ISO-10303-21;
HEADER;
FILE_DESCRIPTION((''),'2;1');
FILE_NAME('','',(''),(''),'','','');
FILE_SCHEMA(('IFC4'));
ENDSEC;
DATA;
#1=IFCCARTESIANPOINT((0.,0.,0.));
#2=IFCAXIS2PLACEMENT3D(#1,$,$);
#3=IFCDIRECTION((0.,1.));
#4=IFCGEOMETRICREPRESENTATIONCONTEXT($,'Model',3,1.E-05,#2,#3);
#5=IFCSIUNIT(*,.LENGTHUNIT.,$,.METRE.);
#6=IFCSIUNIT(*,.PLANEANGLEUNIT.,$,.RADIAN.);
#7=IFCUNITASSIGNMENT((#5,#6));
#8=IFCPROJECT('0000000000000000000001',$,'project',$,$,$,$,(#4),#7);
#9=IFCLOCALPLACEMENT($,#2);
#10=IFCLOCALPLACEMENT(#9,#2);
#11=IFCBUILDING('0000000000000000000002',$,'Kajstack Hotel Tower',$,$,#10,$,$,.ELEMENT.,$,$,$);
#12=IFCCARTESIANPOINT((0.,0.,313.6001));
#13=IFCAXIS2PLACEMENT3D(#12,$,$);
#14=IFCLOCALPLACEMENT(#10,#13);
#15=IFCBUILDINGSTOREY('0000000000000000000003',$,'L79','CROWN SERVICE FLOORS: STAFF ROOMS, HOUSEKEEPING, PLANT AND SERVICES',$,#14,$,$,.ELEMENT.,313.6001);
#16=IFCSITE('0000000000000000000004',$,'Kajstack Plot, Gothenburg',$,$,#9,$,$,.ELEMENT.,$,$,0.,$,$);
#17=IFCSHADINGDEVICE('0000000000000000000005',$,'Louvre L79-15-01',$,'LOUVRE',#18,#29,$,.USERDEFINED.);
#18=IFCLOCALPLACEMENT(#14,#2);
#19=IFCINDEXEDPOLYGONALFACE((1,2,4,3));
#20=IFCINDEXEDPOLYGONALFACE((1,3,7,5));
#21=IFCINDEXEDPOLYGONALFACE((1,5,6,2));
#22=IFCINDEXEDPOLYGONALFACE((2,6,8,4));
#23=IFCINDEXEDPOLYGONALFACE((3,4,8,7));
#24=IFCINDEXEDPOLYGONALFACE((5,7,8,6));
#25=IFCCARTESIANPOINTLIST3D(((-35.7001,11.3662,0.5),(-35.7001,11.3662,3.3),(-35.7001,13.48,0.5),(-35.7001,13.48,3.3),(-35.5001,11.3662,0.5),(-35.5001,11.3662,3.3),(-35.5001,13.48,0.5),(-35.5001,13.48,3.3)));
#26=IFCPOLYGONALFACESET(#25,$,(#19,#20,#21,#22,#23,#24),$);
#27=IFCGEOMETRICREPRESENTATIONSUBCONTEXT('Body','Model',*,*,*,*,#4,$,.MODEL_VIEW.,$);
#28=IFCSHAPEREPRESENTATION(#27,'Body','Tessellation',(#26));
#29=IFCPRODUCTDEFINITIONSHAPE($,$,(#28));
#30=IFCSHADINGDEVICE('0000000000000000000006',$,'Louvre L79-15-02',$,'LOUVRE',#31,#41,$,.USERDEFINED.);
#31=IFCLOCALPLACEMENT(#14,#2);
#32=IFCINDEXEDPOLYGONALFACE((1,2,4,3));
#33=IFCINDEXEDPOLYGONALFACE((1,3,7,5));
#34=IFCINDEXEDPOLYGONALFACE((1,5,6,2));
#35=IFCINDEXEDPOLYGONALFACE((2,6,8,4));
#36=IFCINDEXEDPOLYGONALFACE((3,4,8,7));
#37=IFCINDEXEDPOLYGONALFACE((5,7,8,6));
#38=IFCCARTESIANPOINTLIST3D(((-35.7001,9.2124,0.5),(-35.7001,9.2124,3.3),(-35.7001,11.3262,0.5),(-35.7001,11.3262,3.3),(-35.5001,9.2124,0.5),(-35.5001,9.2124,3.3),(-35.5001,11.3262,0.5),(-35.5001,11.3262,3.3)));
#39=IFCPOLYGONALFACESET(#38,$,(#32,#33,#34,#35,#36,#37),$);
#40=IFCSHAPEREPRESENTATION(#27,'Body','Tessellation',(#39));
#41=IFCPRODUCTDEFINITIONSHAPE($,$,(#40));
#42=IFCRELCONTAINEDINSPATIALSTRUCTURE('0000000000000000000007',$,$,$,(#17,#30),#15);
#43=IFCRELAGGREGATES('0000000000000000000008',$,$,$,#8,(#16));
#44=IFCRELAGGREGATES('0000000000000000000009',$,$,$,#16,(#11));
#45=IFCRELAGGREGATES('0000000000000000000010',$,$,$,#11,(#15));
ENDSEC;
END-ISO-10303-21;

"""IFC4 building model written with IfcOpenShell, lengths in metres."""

from ifc_helpers import new_model, si_unit, direction, frame, origin, origin_2d, place, context, subcontext, project, spatial, rectangle, extrude, element, save


model = new_model("IFC4")

# Units and contexts
model_context = context("Model", 3, precision=1e-05, world=origin(), true_north=direction((0.0, 1.0)))
body_context = subcontext(model_context, "Body", "Model", "MODEL_VIEW")
ifc_project = project(units=[si_unit("LENGTHUNIT", "METRE"), si_unit("PLANEANGLEUNIT", "RADIAN")], contexts=[model_context])

# Site, building, storey
site_placement = place(None, origin())
site = spatial("IfcSite", under=ifc_project, at=site_placement, Name="Kajstack Plot, Gothenburg", CompositionType="ELEMENT", RefElevation=0.0)
building_placement = place(site_placement, origin())
building = spatial("IfcBuilding", under=site, at=building_placement, Name="Kajstack Hotel Tower", CompositionType="ELEMENT")
storey_placement = place(building_placement, frame((0.0, 0.0, 313.6001)))
storey = spatial("IfcBuildingStorey", under=building, at=storey_placement, Name="L79", Description="CROWN SERVICE FLOORS: STAFF ROOMS, HOUSEKEEPING, PLANT AND SERVICES", CompositionType="ELEMENT", Elevation=313.6001)

# Shading devices
for number, where, z_axis, x_axis, name in (
    (1, (-35.6001, 12.4231, 0.5), (0.0, 0.0, 1.0), (0.0, -1.0, 0.0), "Louvre L79-15-01"),
    (2, (-35.6001, 10.2693, 0.5), (0.0, 0.0, 1.0), (0.0, -1.0, 0.0), "Louvre L79-15-02"),
):
    element("IfcShadingDevice", number, at=place(storey_placement, frame(where, z_axis=z_axis, x_axis=x_axis)), inside=storey, Name=name, ObjectType="LOUVRE", PredefinedType="USERDEFINED", context=body_context, shape_type="SweptSolid", body=[
        extrude(rectangle(XDim=2.1138, YDim=0.2, at=origin_2d()), origin(), (0.0, 0.0, 1.0), 2.8),
    ])

save(model, "model.ifc")
